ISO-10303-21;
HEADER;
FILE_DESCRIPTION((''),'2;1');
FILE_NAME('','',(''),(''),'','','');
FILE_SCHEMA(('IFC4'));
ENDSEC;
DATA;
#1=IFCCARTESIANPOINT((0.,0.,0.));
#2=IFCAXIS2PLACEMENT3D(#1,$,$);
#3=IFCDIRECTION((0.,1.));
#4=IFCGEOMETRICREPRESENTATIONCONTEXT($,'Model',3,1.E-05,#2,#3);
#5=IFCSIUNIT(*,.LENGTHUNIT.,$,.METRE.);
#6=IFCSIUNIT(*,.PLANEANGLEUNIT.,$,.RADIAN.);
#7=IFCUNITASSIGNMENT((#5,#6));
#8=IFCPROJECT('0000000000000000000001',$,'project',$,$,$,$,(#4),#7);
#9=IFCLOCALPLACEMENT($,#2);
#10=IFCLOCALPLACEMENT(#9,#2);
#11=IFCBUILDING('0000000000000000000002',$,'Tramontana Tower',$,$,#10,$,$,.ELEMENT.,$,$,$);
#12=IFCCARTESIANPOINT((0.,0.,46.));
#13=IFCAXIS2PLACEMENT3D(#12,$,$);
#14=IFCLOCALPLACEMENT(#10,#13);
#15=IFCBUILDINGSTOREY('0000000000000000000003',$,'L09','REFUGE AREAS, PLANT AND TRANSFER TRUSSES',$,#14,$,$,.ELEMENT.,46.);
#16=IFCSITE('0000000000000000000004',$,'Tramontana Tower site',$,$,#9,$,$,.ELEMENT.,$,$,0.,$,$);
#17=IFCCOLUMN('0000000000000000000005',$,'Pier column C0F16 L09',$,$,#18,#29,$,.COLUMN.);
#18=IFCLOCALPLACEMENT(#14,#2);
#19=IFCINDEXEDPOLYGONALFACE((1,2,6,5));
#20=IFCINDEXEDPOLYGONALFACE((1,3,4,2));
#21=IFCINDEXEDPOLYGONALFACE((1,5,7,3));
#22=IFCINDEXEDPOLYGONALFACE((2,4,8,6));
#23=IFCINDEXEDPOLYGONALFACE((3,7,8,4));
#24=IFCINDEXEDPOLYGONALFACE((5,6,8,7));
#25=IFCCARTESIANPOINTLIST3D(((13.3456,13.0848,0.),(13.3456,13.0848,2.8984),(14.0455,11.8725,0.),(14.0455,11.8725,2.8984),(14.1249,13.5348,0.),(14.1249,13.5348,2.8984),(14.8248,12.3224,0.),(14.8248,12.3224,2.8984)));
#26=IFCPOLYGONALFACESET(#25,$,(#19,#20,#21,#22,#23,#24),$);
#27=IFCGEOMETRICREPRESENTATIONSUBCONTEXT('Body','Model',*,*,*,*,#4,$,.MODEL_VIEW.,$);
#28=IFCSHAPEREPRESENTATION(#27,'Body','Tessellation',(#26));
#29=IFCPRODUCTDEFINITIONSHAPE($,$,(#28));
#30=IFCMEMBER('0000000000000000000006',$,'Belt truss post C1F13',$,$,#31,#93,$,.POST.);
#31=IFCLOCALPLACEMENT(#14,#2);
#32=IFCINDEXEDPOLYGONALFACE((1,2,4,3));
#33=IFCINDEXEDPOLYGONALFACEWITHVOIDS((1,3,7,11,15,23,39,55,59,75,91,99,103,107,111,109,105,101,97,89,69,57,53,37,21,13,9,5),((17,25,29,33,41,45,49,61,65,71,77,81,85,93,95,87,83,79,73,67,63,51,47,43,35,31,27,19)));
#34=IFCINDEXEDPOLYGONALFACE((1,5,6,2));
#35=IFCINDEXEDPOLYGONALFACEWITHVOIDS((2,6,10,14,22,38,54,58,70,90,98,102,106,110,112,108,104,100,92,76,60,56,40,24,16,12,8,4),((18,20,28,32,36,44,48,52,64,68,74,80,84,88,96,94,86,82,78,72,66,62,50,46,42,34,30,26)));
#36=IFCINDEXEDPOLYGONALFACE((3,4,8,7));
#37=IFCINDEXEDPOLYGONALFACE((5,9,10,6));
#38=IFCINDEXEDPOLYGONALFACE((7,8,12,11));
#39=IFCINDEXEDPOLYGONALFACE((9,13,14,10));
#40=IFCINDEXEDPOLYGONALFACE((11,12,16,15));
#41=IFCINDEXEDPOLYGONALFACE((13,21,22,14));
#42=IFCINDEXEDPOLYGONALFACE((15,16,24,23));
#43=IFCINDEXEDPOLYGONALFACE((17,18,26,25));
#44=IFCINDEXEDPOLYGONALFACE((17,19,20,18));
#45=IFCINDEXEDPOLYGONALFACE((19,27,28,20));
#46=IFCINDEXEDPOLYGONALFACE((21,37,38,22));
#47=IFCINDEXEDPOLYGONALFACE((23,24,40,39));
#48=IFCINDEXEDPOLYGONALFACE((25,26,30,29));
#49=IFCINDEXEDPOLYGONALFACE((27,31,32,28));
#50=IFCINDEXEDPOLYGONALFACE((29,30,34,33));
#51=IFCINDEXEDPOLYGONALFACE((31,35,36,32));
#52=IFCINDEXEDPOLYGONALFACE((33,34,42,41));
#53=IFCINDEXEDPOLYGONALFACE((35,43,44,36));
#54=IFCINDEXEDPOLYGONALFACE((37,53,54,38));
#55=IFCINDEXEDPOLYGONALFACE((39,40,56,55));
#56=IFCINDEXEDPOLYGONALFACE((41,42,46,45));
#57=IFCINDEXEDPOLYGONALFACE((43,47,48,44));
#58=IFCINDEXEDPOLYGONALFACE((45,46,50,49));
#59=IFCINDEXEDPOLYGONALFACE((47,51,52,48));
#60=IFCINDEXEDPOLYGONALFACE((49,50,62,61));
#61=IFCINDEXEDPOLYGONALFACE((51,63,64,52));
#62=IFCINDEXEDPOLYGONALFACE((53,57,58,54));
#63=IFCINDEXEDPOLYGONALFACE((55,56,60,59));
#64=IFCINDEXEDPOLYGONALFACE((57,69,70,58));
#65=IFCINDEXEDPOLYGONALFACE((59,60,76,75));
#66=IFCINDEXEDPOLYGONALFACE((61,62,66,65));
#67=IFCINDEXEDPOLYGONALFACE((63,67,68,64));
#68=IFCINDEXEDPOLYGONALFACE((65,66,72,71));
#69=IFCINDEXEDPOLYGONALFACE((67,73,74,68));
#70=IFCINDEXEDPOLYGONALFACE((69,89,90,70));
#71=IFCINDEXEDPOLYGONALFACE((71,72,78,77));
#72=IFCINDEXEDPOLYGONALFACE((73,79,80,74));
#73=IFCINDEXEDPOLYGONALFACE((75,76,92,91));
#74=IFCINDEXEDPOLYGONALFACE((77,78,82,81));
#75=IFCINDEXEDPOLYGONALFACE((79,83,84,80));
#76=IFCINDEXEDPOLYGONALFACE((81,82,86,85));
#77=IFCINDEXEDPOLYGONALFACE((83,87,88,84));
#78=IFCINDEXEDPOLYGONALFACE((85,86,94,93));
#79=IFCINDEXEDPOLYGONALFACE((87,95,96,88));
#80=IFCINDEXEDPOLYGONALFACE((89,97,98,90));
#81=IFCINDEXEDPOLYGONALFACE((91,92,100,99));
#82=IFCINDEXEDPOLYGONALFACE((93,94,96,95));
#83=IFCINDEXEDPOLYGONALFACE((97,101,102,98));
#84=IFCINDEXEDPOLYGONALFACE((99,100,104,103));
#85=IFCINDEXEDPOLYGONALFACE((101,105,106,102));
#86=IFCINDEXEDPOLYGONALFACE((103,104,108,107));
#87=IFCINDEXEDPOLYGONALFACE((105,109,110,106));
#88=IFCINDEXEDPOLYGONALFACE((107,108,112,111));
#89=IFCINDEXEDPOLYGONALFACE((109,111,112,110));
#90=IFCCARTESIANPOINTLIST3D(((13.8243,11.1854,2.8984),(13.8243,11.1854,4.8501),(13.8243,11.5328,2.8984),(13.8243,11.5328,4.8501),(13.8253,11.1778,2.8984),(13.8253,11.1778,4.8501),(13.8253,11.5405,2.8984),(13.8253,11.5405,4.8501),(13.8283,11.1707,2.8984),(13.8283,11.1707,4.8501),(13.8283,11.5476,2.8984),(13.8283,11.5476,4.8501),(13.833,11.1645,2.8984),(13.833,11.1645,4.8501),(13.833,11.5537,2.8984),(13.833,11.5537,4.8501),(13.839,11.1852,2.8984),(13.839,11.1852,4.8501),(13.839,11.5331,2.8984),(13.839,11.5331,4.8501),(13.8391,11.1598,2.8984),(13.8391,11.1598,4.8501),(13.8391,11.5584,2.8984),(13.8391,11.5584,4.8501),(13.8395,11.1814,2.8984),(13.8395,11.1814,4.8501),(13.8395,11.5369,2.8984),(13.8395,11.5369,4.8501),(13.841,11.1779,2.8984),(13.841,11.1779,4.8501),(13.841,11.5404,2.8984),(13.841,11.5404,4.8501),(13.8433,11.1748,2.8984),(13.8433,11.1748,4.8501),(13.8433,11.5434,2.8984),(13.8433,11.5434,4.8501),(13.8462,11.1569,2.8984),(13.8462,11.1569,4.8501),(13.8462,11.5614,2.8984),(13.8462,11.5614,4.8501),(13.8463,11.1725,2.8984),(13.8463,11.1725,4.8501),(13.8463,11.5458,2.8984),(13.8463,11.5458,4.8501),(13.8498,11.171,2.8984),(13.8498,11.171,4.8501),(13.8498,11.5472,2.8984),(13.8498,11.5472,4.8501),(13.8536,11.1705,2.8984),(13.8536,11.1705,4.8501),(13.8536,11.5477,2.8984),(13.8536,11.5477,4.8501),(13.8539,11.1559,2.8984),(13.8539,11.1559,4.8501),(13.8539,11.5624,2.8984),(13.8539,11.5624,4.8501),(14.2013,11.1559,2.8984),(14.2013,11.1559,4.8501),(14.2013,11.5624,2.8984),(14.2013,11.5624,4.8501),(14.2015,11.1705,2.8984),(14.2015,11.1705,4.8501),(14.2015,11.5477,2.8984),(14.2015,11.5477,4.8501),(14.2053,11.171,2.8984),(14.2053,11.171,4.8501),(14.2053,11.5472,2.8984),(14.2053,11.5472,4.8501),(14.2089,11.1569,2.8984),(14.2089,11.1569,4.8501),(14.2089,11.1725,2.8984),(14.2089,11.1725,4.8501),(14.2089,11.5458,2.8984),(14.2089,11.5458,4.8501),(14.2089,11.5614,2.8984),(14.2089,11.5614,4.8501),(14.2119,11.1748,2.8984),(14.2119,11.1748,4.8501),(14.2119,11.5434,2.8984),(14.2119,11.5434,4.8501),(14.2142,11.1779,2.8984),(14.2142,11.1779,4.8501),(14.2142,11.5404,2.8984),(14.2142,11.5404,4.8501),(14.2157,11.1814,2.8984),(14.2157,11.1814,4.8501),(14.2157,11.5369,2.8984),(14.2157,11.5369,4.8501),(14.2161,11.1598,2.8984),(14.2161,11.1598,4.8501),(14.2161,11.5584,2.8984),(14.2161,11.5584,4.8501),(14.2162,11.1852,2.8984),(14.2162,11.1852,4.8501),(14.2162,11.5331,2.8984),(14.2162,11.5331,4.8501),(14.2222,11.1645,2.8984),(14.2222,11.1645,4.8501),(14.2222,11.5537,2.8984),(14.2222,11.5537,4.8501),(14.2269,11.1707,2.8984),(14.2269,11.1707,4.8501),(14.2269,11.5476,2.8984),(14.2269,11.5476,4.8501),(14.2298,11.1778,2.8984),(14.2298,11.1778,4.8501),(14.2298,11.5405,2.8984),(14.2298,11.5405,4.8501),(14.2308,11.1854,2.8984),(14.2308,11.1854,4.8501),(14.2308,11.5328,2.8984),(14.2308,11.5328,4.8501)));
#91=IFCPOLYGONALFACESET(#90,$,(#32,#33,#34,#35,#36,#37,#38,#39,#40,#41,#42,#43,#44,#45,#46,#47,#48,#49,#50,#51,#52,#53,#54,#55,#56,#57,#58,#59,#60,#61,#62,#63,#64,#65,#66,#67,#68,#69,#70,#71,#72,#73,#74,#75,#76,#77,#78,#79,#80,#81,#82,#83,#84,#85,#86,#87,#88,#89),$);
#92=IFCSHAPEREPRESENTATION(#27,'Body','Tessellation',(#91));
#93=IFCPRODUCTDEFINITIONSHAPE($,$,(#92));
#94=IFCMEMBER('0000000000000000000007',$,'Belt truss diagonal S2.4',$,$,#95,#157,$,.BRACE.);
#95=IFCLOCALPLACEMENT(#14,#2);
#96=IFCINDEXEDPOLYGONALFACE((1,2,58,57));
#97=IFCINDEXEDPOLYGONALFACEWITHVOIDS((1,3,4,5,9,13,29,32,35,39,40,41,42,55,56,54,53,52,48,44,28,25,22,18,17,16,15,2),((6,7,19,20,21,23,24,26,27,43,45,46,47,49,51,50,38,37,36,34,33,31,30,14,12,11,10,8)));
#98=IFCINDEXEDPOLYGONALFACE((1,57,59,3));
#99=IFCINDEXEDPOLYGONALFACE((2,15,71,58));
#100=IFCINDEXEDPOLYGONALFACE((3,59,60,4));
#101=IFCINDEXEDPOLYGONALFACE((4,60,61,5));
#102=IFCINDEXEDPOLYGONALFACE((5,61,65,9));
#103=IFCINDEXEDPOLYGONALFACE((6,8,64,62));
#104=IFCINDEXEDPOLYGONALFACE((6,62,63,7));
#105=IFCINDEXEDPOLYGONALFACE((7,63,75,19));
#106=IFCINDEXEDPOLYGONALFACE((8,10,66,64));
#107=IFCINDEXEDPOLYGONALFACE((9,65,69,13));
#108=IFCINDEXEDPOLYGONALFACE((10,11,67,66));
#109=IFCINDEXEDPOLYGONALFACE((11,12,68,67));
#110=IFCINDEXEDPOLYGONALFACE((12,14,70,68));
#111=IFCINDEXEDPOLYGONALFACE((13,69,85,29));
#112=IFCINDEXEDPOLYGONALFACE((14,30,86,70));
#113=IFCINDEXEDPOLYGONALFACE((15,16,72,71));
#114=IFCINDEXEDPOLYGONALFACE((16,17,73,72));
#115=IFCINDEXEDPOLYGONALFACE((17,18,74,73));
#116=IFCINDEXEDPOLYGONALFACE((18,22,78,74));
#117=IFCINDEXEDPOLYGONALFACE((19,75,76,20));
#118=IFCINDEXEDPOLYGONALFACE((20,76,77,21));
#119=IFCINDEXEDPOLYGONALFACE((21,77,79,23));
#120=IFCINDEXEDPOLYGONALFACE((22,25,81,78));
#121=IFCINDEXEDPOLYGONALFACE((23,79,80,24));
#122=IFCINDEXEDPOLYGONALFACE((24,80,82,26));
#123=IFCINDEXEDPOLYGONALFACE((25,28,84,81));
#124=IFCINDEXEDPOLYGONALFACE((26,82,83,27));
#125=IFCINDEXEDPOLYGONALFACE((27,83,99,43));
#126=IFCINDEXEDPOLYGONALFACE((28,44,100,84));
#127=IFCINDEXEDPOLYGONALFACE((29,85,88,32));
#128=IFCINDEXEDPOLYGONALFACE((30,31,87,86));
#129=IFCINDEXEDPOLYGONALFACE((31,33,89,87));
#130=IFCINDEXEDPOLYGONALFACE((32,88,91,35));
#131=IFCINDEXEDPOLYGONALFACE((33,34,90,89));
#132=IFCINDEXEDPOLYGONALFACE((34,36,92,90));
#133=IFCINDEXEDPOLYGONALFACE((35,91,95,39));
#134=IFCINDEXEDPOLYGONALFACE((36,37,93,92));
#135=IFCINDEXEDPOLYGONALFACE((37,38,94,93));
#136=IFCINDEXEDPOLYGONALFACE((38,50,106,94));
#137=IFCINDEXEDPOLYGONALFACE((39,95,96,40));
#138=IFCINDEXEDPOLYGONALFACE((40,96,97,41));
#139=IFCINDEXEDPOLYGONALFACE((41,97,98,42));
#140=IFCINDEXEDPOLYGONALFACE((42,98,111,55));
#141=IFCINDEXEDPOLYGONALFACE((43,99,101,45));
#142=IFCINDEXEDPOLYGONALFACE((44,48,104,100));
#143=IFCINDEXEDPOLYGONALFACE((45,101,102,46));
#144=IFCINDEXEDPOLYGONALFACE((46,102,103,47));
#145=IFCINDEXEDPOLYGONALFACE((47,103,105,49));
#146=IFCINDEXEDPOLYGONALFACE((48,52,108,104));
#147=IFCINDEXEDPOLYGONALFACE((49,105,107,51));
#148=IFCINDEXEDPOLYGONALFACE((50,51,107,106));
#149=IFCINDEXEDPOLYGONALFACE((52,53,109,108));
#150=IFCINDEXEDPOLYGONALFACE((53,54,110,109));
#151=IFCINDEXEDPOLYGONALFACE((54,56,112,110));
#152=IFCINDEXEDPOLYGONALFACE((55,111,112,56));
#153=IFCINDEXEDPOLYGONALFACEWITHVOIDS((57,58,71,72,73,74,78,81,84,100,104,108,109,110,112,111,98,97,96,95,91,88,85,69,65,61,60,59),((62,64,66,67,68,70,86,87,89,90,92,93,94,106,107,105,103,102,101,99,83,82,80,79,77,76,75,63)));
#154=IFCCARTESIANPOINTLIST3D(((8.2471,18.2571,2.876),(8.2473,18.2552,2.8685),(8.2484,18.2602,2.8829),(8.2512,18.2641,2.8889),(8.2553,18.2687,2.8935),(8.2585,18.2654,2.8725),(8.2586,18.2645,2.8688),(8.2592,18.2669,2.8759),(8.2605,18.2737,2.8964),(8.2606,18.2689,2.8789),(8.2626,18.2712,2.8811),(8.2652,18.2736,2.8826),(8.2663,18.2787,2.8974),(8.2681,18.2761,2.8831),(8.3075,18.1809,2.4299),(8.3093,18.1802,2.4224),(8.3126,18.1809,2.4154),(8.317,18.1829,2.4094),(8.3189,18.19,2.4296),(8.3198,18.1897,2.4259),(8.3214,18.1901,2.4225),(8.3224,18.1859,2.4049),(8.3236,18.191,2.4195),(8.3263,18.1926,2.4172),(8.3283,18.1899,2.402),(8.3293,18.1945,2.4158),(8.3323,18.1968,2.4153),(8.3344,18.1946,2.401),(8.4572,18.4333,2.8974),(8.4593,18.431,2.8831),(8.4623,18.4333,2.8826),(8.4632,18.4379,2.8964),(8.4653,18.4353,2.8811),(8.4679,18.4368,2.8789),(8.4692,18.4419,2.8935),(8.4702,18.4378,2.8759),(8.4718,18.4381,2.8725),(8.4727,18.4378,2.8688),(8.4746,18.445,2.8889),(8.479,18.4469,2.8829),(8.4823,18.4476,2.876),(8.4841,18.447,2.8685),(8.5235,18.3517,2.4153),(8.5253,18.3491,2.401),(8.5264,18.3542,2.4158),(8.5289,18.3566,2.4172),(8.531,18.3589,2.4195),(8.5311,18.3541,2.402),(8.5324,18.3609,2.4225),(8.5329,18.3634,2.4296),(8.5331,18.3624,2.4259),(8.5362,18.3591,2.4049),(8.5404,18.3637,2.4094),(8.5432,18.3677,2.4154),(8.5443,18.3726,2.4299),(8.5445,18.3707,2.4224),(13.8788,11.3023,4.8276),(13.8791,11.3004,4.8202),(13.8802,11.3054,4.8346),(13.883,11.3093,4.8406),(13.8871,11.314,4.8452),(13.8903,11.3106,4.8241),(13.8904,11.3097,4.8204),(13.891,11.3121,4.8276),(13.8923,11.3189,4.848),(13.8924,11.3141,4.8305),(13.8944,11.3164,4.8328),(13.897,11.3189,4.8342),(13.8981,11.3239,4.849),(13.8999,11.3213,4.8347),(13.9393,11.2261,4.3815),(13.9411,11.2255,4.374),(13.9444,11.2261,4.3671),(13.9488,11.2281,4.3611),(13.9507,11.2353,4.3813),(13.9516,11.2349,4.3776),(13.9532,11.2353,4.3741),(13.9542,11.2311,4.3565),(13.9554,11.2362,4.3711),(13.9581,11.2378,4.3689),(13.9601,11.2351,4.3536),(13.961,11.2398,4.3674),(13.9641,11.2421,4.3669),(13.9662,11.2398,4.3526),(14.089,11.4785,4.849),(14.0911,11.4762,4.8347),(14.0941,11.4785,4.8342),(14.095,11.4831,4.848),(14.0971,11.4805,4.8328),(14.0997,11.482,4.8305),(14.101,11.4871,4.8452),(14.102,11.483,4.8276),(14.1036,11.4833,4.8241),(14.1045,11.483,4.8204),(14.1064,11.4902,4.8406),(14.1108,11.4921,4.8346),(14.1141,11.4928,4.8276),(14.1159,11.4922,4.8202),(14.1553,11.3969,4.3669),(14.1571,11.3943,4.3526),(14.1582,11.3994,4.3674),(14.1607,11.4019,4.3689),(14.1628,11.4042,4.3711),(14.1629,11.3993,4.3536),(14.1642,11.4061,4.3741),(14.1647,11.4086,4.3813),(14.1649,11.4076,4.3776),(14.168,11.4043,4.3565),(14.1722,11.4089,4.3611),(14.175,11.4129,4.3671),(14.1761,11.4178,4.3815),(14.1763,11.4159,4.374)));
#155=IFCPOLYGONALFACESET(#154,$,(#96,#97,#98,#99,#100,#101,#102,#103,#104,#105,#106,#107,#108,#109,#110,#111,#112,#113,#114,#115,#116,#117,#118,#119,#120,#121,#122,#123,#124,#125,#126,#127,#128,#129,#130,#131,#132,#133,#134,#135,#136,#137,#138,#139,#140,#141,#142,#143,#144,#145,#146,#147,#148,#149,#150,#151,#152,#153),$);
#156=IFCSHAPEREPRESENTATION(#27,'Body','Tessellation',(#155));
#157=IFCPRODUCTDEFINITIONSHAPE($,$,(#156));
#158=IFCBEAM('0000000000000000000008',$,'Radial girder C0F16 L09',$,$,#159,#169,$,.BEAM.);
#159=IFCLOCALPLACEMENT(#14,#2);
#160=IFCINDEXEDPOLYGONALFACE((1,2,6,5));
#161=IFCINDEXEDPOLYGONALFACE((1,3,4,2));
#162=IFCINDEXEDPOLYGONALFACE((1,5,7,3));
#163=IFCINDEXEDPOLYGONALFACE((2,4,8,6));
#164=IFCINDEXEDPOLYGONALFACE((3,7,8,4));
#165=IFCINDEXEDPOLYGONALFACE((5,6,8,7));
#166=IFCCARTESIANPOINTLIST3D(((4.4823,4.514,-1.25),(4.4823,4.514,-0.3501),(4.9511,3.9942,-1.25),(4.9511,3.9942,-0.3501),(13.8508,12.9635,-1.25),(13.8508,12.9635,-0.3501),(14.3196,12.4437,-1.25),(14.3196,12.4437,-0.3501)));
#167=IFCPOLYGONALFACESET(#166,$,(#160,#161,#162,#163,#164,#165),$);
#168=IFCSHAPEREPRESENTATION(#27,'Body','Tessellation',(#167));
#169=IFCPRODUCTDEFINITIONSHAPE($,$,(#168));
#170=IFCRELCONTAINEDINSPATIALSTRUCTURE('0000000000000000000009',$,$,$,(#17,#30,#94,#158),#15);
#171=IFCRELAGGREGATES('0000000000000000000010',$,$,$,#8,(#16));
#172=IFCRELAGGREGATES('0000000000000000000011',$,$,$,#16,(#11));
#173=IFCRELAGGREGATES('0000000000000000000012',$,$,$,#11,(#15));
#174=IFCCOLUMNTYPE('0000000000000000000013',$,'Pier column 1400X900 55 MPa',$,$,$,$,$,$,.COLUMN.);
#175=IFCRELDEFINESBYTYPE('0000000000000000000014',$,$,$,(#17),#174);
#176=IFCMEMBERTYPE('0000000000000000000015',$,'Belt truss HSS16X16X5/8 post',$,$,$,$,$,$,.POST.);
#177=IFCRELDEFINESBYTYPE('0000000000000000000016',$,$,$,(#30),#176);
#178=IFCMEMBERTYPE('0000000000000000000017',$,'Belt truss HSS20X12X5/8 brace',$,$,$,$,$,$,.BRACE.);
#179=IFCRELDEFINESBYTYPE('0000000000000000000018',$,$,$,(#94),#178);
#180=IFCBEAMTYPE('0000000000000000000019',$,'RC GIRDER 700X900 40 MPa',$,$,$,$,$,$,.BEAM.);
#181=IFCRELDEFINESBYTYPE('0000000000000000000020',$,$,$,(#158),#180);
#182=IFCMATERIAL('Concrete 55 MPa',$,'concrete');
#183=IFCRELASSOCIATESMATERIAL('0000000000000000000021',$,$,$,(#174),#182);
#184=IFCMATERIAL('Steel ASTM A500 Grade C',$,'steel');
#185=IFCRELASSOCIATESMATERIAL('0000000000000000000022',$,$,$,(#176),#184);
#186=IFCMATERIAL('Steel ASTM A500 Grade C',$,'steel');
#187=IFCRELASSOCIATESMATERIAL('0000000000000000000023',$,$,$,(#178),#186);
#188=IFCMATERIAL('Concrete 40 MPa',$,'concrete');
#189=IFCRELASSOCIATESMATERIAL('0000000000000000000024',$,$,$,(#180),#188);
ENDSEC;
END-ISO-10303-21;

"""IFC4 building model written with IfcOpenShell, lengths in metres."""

from ifc_helpers import new_model, si_unit, direction, frame, origin, origin_2d, place, context, subcontext, project, spatial, rectangle, hollow_rectangle, extrude, material, material_profile, profile_set, type_object, element, save


model = new_model("IFC4")

# Units and contexts
model_context = context("Model", 3, precision=1e-05, world=origin(), true_north=direction((0.0, 1.0)))
body_context = subcontext(model_context, "Body", "Model", "MODEL_VIEW")
ifc_project = project(units=[si_unit("LENGTHUNIT", "METRE"), si_unit("PLANEANGLEUNIT", "RADIAN")], contexts=[model_context])

# Site, building, storey
site_placement = place(None, origin())
site = spatial("IfcSite", under=ifc_project, at=site_placement, Name="Tramontana Tower site", CompositionType="ELEMENT", RefElevation=0.0)
building_placement = place(site_placement, origin())
building = spatial("IfcBuilding", under=site, at=building_placement, Name="Tramontana Tower", CompositionType="ELEMENT")
storey_placement = place(building_placement, frame((0.0, 0.0, 46.0)))
storey = spatial("IfcBuildingStorey", under=building, at=storey_placement, Name="L09", Description="REFUGE AREAS, PLANT AND TRANSFER TRUSSES", CompositionType="ELEMENT", Elevation=46.0)

# Column
ifc_material_1 = material(Name="Concrete 55 MPa", Category="concrete")
ifc_material_profile_1 = material_profile(ifc_material_1, rectangle(XDim=1.3999, YDim=0.8999, at=origin_2d()), Name="Pier column 1400X900 55 MPa")
ifc_profile_set_1 = profile_set([ifc_material_profile_1], Name="Concrete 55 MPa")
column_type = type_object("IfcColumnType", Name="Pier column 1400X900 55 MPa", PredefinedType="COLUMN", material=ifc_profile_set_1)
column_placement = place(storey_placement, frame((14.0852, 12.7036, 0.0), z_axis=(0.0, 0.0, 1.0), x_axis=(-0.5, 0.866025, 0.0)))
element("IfcColumn", 1, at=column_placement, inside=storey, type_object=column_type, Name="Pier column C0F16 L09", PredefinedType="COLUMN", context=body_context, shape_type="SweptSolid", body=[
    extrude(rectangle(XDim=1.3999, YDim=0.8999, at=origin_2d()), origin(), (0.0, 0.0, 1.0), 2.8984),
])

# Members
ifc_material_2 = material(Name="Steel ASTM A500 Grade C", Category="steel")
ifc_material_profile_2 = material_profile(ifc_material_2, hollow_rectangle(XDim=0.4065, YDim=0.4065, WallThickness=0.0146, InnerFilletRadius=0.0146, OuterFilletRadius=0.0295, at=origin_2d()), Name="HSS16X16X5/8")
ifc_profile_set_2 = profile_set([ifc_material_profile_2], Name="Steel ASTM A500 Grade C")
member_type_1 = type_object("IfcMemberType", Name="Belt truss HSS16X16X5/8 post", PredefinedType="POST", material=ifc_profile_set_2)
member_1_placement = place(storey_placement, frame((14.0276, 11.3591, 2.8984), z_axis=(0.0, 0.0, 1.0), x_axis=(1.0, 0.0, 0.0)))
element("IfcMember", 2, at=member_1_placement, inside=storey, type_object=member_type_1, Name="Belt truss post C1F13", PredefinedType="POST", context=body_context, shape_type="SweptSolid", body=[
    extrude(hollow_rectangle(XDim=0.4065, YDim=0.4065, WallThickness=0.0146, InnerFilletRadius=0.0146, OuterFilletRadius=0.0295, at=origin_2d()), origin(), (0.0, 0.0, 1.0), 1.9517),
])
ifc_material_3 = material(Name="Steel ASTM A500 Grade C", Category="steel")
ifc_material_profile_3 = material_profile(ifc_material_3, hollow_rectangle(XDim=0.3047, YDim=0.5081, WallThickness=0.0146, InnerFilletRadius=0.0146, OuterFilletRadius=0.0295, at=origin_2d()), Name="HSS20X12X5/8")
ifc_profile_set_3 = profile_set([ifc_material_profile_3], Name="Steel ASTM A500 Grade C")
member_type_2 = type_object("IfcMemberType", Name="Belt truss HSS20X12X5/8 brace", PredefinedType="BRACE", material=ifc_profile_set_3)
member_2_placement = place(storey_placement, frame((14.0276, 11.3591, 4.6008), z_axis=(-0.614863, 0.759304, -0.213075), x_axis=(-0.77715, -0.629315, 0.0)))
element("IfcMember", 3, at=member_2_placement, inside=storey, type_object=member_type_2, Name="Belt truss diagonal S2.4", PredefinedType="BRACE", context=body_context, shape_type="SweptSolid", body=[
    extrude(hollow_rectangle(XDim=0.3047, YDim=0.5081, WallThickness=0.0146, InnerFilletRadius=0.0146, OuterFilletRadius=0.0295, at=origin_2d()), origin(), (0.0, 0.0, 1.0), 9.1594),
])

# Beam
ifc_material_4 = material(Name="Concrete 40 MPa", Category="concrete")
ifc_material_profile_4 = material_profile(ifc_material_4, rectangle(XDim=0.7, YDim=0.8999, at=origin_2d()), Name="RC GIRDER 700X900 40 MPa")
ifc_profile_set_4 = profile_set([ifc_material_profile_4], Name="Concrete 40 MPa")
beam_type = type_object("IfcBeamType", Name="RC GIRDER 700X900 40 MPa", PredefinedType="BEAM", material=ifc_profile_set_4)
beam_placement = place(storey_placement, frame((14.0852, 12.7036, -0.8), z_axis=(-0.742588, -0.669748, 0.0), x_axis=(0.669748, -0.742588, 0.0)))
element("IfcBeam", 4, at=beam_placement, inside=storey, type_object=beam_type, Name="Radial girder C0F16 L09", PredefinedType="BEAM", context=body_context, shape_type="SweptSolid", body=[
    extrude(rectangle(XDim=0.7, YDim=0.8999, at=origin_2d()), origin(), (0.0, 0.0, 1.0), 12.616),
])

save(model, "model.ifc")
